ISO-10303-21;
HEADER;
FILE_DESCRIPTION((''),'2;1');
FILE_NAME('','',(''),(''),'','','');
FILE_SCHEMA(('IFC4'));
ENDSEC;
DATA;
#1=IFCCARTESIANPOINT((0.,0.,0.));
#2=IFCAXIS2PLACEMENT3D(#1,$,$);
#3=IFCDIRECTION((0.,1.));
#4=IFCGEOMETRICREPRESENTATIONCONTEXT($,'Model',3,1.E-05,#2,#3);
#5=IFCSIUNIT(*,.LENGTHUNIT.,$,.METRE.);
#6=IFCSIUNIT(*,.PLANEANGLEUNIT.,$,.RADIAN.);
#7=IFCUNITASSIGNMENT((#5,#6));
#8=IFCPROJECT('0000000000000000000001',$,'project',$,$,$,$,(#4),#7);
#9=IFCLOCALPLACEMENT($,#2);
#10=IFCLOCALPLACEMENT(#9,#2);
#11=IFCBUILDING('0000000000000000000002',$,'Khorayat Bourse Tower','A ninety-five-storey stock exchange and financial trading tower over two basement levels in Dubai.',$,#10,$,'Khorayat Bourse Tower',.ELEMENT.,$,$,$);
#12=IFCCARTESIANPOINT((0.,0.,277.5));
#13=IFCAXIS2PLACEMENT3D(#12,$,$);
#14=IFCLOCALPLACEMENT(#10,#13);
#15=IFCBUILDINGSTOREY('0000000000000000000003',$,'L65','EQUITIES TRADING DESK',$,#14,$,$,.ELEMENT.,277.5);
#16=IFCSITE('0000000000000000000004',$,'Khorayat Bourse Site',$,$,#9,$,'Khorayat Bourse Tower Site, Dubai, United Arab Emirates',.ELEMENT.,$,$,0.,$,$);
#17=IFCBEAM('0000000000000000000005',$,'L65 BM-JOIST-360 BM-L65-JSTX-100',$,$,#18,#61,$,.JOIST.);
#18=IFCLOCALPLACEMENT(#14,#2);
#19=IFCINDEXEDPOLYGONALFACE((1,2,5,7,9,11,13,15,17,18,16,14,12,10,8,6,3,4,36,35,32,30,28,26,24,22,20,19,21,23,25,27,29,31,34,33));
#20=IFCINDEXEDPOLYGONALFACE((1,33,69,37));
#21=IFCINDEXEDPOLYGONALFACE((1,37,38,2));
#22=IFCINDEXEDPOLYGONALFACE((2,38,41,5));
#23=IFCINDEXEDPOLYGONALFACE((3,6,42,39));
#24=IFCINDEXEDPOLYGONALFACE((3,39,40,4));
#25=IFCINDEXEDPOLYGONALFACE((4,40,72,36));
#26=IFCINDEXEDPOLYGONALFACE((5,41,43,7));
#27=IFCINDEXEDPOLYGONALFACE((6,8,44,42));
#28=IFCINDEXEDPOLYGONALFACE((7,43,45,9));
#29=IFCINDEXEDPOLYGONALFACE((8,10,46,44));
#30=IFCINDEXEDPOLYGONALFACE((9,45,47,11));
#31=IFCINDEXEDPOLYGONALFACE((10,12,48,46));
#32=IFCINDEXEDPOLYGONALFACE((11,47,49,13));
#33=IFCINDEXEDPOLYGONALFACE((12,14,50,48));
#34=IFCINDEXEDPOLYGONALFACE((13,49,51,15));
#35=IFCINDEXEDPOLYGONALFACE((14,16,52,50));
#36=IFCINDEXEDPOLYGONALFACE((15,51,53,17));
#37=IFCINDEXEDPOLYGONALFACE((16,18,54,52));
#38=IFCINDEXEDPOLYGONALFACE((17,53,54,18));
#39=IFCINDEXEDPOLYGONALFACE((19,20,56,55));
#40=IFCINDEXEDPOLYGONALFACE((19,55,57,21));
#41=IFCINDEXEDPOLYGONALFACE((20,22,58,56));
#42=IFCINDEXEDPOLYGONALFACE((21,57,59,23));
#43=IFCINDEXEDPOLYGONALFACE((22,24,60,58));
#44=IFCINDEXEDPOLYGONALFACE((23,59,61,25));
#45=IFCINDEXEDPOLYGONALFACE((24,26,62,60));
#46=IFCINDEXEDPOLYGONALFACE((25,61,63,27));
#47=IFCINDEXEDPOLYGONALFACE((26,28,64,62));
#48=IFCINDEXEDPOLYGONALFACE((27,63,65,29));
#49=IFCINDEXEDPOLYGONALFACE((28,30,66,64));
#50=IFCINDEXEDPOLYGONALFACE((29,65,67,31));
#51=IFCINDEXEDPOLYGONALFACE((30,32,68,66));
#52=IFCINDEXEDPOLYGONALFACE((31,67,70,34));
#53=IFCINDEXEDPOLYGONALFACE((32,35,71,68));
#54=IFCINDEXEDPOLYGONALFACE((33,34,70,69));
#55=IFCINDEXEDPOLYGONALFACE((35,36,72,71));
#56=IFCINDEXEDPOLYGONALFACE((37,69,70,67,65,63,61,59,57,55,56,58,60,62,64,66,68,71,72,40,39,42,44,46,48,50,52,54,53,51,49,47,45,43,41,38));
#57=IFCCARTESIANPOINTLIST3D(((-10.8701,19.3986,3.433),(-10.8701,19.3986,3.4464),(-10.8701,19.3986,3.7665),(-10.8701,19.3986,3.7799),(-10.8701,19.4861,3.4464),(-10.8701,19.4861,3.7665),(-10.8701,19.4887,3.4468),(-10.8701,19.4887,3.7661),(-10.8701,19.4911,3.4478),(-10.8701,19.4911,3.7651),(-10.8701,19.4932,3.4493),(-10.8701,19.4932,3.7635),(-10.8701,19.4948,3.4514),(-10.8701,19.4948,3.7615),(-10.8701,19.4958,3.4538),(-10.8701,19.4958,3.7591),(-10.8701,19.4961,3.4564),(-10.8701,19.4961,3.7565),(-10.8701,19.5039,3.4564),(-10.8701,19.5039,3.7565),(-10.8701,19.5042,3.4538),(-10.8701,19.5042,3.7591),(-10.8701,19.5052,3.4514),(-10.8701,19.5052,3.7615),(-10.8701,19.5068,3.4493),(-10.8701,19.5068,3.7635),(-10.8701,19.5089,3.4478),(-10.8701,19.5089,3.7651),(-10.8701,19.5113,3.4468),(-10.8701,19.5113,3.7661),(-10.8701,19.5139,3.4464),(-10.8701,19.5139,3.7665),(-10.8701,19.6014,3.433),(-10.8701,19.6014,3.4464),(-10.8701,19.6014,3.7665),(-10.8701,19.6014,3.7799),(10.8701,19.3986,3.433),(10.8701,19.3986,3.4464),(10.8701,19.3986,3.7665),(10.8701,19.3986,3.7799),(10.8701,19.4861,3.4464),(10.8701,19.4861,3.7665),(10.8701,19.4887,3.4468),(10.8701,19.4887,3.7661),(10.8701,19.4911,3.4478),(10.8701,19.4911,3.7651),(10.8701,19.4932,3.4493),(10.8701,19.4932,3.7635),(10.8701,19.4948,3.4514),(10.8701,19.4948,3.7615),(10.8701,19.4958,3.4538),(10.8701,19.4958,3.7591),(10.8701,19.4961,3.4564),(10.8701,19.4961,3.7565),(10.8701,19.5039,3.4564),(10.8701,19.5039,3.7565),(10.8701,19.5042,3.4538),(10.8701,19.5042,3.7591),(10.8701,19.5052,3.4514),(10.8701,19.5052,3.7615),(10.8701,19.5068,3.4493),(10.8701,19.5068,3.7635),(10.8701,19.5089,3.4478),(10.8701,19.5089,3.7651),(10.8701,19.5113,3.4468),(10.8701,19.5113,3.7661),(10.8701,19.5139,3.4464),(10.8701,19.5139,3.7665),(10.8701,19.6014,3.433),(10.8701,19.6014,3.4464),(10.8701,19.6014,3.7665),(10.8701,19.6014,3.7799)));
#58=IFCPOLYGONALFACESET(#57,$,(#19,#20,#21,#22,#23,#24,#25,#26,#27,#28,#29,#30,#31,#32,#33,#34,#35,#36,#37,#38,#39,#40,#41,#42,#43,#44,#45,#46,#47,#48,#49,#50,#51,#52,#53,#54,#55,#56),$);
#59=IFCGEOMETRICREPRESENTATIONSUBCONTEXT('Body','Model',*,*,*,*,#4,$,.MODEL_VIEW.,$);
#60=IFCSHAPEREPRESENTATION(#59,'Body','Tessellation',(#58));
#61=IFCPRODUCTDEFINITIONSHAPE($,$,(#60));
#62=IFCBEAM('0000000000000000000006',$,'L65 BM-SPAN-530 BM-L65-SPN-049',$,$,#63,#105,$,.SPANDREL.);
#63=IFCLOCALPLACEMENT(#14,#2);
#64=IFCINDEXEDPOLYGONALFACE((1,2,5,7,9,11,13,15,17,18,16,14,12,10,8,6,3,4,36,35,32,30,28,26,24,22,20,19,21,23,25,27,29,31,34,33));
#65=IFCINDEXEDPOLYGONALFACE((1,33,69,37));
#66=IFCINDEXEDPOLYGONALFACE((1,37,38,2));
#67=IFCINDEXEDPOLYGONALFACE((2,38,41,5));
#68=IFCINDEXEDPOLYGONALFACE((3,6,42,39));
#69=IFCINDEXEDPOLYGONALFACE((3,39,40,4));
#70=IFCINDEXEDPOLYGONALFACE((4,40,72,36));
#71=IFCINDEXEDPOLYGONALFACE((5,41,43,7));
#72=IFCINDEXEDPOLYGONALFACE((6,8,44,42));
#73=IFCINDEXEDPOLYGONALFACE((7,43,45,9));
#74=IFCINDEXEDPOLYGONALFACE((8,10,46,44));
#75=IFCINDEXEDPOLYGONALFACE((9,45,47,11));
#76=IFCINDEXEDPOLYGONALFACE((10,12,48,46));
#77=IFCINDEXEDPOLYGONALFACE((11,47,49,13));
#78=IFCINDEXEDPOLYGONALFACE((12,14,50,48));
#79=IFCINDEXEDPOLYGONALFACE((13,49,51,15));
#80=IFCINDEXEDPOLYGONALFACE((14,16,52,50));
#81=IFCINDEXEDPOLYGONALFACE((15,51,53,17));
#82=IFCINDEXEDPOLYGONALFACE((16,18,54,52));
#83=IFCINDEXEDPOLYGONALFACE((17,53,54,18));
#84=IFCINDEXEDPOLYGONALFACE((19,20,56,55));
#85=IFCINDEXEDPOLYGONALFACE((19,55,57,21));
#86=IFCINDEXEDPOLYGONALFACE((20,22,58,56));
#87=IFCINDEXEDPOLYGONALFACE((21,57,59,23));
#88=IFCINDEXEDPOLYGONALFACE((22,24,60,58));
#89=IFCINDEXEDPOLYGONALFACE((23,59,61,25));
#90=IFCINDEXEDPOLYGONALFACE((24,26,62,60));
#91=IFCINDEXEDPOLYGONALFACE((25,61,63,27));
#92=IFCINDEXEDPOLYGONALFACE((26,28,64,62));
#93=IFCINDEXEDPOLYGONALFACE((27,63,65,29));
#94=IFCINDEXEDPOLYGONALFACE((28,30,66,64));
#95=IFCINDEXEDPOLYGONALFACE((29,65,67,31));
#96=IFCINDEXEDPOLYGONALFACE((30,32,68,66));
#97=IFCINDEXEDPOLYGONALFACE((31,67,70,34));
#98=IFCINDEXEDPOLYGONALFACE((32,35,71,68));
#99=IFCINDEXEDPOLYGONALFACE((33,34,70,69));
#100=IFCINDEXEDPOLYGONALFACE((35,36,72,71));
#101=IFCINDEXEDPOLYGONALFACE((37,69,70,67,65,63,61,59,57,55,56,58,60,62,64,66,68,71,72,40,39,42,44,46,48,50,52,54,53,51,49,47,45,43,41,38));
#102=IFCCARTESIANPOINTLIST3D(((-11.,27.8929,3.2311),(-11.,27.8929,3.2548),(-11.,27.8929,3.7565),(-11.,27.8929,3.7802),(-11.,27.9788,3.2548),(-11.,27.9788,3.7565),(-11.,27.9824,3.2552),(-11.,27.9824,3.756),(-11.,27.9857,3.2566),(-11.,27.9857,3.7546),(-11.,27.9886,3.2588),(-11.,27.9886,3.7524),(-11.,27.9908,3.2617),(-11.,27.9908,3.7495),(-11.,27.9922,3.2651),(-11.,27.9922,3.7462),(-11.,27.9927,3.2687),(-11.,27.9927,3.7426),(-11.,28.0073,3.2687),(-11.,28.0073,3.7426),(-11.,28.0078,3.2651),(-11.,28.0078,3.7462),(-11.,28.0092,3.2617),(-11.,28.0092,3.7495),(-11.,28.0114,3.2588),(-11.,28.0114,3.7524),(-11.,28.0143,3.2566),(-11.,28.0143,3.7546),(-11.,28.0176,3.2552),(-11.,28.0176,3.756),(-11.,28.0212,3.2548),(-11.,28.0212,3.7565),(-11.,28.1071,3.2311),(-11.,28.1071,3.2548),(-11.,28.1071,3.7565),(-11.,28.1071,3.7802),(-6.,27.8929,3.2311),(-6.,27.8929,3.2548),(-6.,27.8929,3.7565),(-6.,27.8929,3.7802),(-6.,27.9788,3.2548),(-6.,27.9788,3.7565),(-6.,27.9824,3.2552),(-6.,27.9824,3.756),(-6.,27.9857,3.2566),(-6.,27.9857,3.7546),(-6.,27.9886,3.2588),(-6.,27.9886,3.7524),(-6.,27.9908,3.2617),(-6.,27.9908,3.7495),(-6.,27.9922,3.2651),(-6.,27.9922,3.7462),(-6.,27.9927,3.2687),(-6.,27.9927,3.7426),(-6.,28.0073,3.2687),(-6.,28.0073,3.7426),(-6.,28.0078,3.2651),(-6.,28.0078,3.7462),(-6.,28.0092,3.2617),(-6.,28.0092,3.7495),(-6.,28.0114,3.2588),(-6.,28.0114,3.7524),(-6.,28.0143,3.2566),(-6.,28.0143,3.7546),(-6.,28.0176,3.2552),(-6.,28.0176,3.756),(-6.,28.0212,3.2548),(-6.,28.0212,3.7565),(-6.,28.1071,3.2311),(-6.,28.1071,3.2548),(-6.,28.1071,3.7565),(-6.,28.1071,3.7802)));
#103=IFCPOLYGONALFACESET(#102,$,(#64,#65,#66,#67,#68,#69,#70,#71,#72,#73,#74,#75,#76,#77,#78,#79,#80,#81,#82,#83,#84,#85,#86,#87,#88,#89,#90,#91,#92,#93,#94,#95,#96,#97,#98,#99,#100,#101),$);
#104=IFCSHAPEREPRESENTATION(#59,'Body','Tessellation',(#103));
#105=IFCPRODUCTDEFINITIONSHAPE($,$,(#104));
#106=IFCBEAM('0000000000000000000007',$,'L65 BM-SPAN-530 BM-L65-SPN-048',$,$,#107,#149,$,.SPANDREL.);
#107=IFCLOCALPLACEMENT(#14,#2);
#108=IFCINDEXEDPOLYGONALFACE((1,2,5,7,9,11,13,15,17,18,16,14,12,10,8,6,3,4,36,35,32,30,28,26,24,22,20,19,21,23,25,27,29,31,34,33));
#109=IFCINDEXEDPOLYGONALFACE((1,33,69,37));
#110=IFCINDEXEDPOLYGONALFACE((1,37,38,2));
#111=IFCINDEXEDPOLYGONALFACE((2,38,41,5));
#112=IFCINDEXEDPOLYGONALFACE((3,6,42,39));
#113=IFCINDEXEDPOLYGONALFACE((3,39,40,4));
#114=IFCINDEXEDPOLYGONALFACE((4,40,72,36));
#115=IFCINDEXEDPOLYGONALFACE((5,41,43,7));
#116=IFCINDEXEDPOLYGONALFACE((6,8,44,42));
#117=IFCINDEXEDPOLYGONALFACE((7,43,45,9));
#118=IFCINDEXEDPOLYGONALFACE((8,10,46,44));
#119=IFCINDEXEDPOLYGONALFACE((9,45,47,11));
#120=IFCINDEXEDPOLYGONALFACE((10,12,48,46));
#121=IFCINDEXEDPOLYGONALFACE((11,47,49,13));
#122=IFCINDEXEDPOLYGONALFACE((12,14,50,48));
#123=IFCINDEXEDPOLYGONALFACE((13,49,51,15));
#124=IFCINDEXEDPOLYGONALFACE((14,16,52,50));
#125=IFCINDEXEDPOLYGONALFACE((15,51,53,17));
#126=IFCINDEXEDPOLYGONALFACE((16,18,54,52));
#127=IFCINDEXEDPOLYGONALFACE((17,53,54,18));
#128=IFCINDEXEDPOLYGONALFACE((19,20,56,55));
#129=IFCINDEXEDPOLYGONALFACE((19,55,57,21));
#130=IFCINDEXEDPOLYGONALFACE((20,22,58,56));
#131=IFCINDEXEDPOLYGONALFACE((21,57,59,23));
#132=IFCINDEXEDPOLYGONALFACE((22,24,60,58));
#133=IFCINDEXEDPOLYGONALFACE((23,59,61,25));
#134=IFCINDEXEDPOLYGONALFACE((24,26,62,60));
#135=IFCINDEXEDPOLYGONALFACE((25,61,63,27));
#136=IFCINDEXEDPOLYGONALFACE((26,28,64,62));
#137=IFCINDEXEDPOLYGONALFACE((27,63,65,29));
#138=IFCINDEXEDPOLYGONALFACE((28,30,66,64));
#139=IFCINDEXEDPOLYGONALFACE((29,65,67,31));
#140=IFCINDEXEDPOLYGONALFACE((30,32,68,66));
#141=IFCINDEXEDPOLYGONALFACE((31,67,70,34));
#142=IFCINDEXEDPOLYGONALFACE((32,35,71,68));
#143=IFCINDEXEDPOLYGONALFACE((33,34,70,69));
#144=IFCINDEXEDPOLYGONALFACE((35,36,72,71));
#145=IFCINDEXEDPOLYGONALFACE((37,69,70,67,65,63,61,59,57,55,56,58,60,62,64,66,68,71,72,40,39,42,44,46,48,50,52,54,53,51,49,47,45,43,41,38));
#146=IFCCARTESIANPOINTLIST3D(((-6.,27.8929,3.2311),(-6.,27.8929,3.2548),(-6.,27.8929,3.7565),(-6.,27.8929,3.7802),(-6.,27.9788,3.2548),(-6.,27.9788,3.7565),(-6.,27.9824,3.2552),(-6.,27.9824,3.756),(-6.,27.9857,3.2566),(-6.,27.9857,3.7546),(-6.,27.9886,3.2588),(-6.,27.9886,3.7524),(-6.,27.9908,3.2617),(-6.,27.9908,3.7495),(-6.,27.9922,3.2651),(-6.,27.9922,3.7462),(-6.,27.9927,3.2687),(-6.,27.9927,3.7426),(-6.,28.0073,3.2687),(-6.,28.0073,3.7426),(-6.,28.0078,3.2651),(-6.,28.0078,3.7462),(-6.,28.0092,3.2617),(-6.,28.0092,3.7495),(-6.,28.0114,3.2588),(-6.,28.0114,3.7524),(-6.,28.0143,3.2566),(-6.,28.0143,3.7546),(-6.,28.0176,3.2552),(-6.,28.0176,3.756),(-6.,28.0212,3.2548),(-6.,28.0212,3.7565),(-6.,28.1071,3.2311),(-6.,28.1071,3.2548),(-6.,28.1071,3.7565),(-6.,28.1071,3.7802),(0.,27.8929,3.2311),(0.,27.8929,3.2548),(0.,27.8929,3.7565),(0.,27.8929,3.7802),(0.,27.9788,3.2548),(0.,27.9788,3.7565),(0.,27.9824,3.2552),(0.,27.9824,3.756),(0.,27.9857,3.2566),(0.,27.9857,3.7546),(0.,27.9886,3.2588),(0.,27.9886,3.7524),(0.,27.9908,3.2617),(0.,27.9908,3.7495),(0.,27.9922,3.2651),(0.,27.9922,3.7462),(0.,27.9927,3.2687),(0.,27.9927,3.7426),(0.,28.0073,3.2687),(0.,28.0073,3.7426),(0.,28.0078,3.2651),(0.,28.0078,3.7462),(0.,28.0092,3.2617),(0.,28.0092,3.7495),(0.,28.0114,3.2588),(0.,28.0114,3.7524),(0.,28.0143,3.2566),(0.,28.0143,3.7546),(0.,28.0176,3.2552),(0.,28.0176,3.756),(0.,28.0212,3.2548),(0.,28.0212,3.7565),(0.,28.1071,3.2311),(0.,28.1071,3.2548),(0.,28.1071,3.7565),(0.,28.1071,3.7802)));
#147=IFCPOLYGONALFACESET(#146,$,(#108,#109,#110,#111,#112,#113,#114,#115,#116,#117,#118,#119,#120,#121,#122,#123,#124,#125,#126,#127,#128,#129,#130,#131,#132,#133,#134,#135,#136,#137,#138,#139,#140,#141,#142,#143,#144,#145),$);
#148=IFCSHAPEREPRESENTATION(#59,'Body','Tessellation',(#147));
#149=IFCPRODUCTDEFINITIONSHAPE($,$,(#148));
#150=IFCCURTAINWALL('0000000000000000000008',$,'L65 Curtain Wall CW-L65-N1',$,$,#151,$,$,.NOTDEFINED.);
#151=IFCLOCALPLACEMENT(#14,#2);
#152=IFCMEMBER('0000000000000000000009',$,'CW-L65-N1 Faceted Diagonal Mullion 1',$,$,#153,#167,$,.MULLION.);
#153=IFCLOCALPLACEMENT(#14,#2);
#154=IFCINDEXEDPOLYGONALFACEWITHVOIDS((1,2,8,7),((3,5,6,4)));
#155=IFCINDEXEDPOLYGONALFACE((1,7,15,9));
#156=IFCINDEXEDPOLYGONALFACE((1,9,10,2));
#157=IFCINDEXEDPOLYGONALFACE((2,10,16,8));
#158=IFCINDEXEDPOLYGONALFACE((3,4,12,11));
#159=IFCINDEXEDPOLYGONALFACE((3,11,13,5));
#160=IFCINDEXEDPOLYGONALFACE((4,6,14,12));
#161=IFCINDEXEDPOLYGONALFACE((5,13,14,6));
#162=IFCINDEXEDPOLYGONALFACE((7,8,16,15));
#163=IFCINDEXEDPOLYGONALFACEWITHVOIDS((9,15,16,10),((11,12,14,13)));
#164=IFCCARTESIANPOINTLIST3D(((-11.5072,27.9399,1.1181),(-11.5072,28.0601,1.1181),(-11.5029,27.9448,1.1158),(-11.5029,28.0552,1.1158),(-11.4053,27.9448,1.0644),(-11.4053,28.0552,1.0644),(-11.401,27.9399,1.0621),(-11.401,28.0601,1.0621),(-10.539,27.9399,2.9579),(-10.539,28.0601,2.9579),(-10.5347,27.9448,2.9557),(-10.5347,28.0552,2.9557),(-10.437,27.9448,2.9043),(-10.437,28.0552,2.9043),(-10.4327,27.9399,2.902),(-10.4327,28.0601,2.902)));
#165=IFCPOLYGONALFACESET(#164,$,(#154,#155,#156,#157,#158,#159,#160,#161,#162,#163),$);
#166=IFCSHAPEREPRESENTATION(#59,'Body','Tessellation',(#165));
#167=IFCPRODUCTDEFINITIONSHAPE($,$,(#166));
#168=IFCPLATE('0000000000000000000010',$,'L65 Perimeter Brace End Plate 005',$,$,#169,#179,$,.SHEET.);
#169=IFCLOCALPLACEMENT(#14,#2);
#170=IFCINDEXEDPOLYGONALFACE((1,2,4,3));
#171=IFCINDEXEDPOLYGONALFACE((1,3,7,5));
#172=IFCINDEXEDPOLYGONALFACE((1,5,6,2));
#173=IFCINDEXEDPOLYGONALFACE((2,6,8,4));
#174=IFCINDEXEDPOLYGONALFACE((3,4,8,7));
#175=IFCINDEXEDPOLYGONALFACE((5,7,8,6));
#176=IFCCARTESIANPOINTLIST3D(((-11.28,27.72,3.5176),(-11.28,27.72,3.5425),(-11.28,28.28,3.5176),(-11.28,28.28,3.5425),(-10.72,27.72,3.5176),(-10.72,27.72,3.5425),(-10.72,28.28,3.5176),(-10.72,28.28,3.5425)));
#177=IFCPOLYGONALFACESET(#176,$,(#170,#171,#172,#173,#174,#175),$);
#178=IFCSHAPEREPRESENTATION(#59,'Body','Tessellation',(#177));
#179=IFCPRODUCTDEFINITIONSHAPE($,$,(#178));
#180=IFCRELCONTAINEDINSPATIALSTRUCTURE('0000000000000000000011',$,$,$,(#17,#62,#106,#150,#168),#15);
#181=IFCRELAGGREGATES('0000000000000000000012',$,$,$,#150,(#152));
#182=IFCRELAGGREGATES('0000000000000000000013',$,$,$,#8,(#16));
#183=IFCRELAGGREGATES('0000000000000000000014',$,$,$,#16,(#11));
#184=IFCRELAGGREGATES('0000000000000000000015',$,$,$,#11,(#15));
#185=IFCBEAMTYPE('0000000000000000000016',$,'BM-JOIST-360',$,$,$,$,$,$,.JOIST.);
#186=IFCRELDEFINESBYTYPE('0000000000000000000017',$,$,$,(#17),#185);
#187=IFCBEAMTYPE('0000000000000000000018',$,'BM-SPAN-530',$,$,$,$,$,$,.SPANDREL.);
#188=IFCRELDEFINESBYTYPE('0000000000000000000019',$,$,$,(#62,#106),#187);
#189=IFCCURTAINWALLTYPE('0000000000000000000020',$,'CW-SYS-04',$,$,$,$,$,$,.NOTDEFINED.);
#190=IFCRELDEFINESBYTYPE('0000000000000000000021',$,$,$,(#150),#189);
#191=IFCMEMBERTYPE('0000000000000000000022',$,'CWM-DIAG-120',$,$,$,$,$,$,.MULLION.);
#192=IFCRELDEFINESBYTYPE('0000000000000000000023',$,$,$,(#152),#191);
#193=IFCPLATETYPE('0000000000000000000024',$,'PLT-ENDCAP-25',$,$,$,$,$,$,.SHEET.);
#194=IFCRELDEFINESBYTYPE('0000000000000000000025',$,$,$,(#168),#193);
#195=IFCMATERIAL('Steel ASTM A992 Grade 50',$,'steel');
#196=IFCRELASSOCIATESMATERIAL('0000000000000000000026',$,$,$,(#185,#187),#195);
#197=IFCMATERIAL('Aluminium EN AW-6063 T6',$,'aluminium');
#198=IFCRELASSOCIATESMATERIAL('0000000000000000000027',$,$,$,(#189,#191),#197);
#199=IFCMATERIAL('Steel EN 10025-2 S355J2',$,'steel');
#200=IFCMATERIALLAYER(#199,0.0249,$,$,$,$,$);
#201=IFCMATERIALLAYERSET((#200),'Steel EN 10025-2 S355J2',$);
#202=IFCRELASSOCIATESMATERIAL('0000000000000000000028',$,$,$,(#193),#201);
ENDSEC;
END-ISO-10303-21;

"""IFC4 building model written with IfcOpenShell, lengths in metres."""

from ifc_helpers import new_model, si_unit, direction, frame, origin, origin_2d, place, context, subcontext, project, spatial, rectangle, hollow_rectangle, i_section, extrude, source, transform, mapped, material, layer, layer_set, material_profile, profile_set, type_object, element, aggregate, save


model = new_model("IFC4")

# Units and contexts
model_context = context("Model", 3, precision=1e-05, world=origin(), true_north=direction((0.0, 1.0)))
body_context = subcontext(model_context, "Body", "Model", "MODEL_VIEW")
ifc_project = project(units=[si_unit("LENGTHUNIT", "METRE"), si_unit("PLANEANGLEUNIT", "RADIAN")], contexts=[model_context])

# Site, building, storey
site_placement = place(None, origin())
site = spatial("IfcSite", under=ifc_project, at=site_placement, Name="Khorayat Bourse Site", LongName="Khorayat Bourse Tower Site, Dubai, United Arab Emirates", CompositionType="ELEMENT", RefElevation=0.0)
building_placement = place(site_placement, origin())
building = spatial("IfcBuilding", under=site, at=building_placement, Name="Khorayat Bourse Tower", Description="A ninety-five-storey stock exchange and financial trading tower over two basement levels in Dubai.", LongName="Khorayat Bourse Tower", CompositionType="ELEMENT")
storey_placement = place(building_placement, frame((0.0, 0.0, 277.5)))
storey = spatial("IfcBuildingStorey", under=building, at=storey_placement, Name="L65", Description="EQUITIES TRADING DESK", CompositionType="ELEMENT", Elevation=277.5)

# Beams
ifc_material_1 = material(Name="Steel ASTM A992 Grade 50", Category="steel")
ifc_material_profile_1 = material_profile(ifc_material_1, i_section(OverallWidth=0.2029, OverallDepth=0.3469, WebThickness=0.0078, FlangeThickness=0.0134, FilletRadius=0.01, at=origin_2d()), Name="W360X64")
ifc_profile_set_1 = profile_set([ifc_material_profile_1], Name="Steel ASTM A992 Grade 50")
beam_type_1 = type_object("IfcBeamType", Name="BM-JOIST-360", PredefinedType="JOIST", material=ifc_profile_set_1)
shared_shape_1 = source(origin(), body_context, "Body", "SweptSolid", [
    extrude(i_section(OverallWidth=0.2029, OverallDepth=0.3469, WebThickness=0.0078, FlangeThickness=0.0134, FilletRadius=0.01, at=origin_2d()), origin(), (0.0, 0.0, 1.0), 21.7402),
])
beam_1_placement = place(storey_placement, frame((-10.8701, 19.5, 3.6064), z_axis=(1.0, 0.0, 0.0), x_axis=(0.0, 1.0, 0.0)))
element("IfcBeam", 1, at=beam_1_placement, inside=storey, type_object=beam_type_1, Name="L65 BM-JOIST-360 BM-L65-JSTX-100", PredefinedType="JOIST", context=body_context, shape_type="MappedRepresentation", body=[
    mapped(shared_shape_1, transform((0.0, 0.0, 0.0), scale=1.0)),
])
ifc_material_profile_2 = material_profile(ifc_material_1, i_section(OverallWidth=0.2141, OverallDepth=0.5491, WebThickness=0.0146, FlangeThickness=0.0237, FilletRadius=0.0139, at=origin_2d()), Name="W530X138")
ifc_profile_set_2 = profile_set([ifc_material_profile_2], Name="Steel ASTM A992 Grade 50")
beam_type_2 = type_object("IfcBeamType", Name="BM-SPAN-530", PredefinedType="SPANDREL", material=ifc_profile_set_2)
shared_shape_2 = source(origin(), body_context, "Body", "SweptSolid", [
    extrude(i_section(OverallWidth=0.2141, OverallDepth=0.5491, WebThickness=0.0146, FlangeThickness=0.0237, FilletRadius=0.0139, at=origin_2d()), origin(), (0.0, 0.0, 1.0), 5.0),
])
beam_2_placement = place(storey_placement, frame((-11.0, 28.0, 3.5056), z_axis=(1.0, 0.0, 0.0), x_axis=(0.0, 1.0, 0.0)))
element("IfcBeam", 2, at=beam_2_placement, inside=storey, type_object=beam_type_2, Name="L65 BM-SPAN-530 BM-L65-SPN-049", PredefinedType="SPANDREL", context=body_context, shape_type="MappedRepresentation", body=[
    mapped(shared_shape_2, transform((0.0, 0.0, 0.0), scale=1.0)),
])
shared_shape_3 = source(origin(), body_context, "Body", "SweptSolid", [
    extrude(i_section(OverallWidth=0.2141, OverallDepth=0.5491, WebThickness=0.0146, FlangeThickness=0.0237, FilletRadius=0.0139, at=origin_2d()), origin(), (0.0, 0.0, 1.0), 6.0),
])
beam_3_placement = place(storey_placement, frame((-6.0, 28.0, 3.5056), z_axis=(1.0, 0.0, 0.0), x_axis=(0.0, 1.0, 0.0)))
element("IfcBeam", 3, at=beam_3_placement, inside=storey, type_object=beam_type_2, Name="L65 BM-SPAN-530 BM-L65-SPN-048", PredefinedType="SPANDREL", context=body_context, shape_type="MappedRepresentation", body=[
    mapped(shared_shape_3, transform((0.0, 0.0, 0.0), scale=1.0)),
])

# Curtain wall, member
ifc_material_2 = material(Name="Aluminium EN AW-6063 T6", Category="aluminium")
curtain_wall_type = type_object("IfcCurtainWallType", Name="CW-SYS-04", PredefinedType="NOTDEFINED", material=ifc_material_2)
curtain_wall_placement = place(storey_placement, origin())
curtain_wall = element("IfcCurtainWall", 4, at=curtain_wall_placement, inside=storey, type_object=curtain_wall_type, Name="L65 Curtain Wall CW-L65-N1", PredefinedType="NOTDEFINED")
ifc_material_profile_3 = material_profile(ifc_material_2, hollow_rectangle(XDim=0.1201, YDim=0.1201, WallThickness=0.0049, at=origin_2d()), Name="ALU 120x120x5")
ifc_profile_set_3 = profile_set([ifc_material_profile_3], Name="Aluminium EN AW-6063 T6")
member_type_1 = type_object("IfcMemberType", Name="CWM-DIAG-120", PredefinedType="MULLION", material=ifc_profile_set_3)
shared_shape_4 = source(origin(), body_context, "Body", "SweptSolid", [
    extrude(hollow_rectangle(XDim=0.1201, YDim=0.1201, WallThickness=0.0049, at=origin_2d()), origin(), (0.0, 0.0, 1.0), 2.0791),
])
member_1_placement = place(storey_placement, frame((-11.4541, 28.0, 1.0901), z_axis=(0.465717, 0.0, 0.884934), x_axis=(0.0, 1.0, 0.0)))
member_1 = element("IfcMember", 5, at=member_1_placement, type_object=member_type_1, Name="CW-L65-N1 Faceted Diagonal Mullion 1", PredefinedType="MULLION", context=body_context, shape_type="MappedRepresentation", body=[
    mapped(shared_shape_4, transform((0.0, 0.0, 0.0), scale=1.0)),
])

# Plate
ifc_material_3 = material(Name="Steel EN 10025-2 S355J2", Category="steel")
ifc_layer_1 = layer(ifc_material_3, 0.0249)
ifc_layer_set_1 = layer_set([ifc_layer_1], Name="Steel EN 10025-2 S355J2")
plate_type_1 = type_object("IfcPlateType", Name="PLT-ENDCAP-25", PredefinedType="SHEET", material=ifc_layer_set_1)
shared_shape_5 = source(origin(), body_context, "Body", "SweptSolid", [
    extrude(rectangle(XDim=0.5601, YDim=0.5601, at=origin_2d()), origin(), (0.0, 0.0, 1.0), 0.0249),
])
for number, where, z_axis, x_axis, name in (
    (6, (-11.0, 28.0, 3.5176), (0.0, 0.0, 1.0), (1.0, 0.0, 0.0), "L65 Perimeter Brace End Plate 005"),
):
    element("IfcPlate", number, at=place(storey_placement, frame(where, z_axis=z_axis, x_axis=x_axis)), inside=storey, type_object=plate_type_1, Name=name, PredefinedType="SHEET", context=body_context, shape_type="MappedRepresentation", body=[
        mapped(shared_shape_5, transform((0.0, 0.0, 0.0), scale=1.0)),
    ])

aggregate(curtain_wall, [member_1])

save(model, "model.ifc")
